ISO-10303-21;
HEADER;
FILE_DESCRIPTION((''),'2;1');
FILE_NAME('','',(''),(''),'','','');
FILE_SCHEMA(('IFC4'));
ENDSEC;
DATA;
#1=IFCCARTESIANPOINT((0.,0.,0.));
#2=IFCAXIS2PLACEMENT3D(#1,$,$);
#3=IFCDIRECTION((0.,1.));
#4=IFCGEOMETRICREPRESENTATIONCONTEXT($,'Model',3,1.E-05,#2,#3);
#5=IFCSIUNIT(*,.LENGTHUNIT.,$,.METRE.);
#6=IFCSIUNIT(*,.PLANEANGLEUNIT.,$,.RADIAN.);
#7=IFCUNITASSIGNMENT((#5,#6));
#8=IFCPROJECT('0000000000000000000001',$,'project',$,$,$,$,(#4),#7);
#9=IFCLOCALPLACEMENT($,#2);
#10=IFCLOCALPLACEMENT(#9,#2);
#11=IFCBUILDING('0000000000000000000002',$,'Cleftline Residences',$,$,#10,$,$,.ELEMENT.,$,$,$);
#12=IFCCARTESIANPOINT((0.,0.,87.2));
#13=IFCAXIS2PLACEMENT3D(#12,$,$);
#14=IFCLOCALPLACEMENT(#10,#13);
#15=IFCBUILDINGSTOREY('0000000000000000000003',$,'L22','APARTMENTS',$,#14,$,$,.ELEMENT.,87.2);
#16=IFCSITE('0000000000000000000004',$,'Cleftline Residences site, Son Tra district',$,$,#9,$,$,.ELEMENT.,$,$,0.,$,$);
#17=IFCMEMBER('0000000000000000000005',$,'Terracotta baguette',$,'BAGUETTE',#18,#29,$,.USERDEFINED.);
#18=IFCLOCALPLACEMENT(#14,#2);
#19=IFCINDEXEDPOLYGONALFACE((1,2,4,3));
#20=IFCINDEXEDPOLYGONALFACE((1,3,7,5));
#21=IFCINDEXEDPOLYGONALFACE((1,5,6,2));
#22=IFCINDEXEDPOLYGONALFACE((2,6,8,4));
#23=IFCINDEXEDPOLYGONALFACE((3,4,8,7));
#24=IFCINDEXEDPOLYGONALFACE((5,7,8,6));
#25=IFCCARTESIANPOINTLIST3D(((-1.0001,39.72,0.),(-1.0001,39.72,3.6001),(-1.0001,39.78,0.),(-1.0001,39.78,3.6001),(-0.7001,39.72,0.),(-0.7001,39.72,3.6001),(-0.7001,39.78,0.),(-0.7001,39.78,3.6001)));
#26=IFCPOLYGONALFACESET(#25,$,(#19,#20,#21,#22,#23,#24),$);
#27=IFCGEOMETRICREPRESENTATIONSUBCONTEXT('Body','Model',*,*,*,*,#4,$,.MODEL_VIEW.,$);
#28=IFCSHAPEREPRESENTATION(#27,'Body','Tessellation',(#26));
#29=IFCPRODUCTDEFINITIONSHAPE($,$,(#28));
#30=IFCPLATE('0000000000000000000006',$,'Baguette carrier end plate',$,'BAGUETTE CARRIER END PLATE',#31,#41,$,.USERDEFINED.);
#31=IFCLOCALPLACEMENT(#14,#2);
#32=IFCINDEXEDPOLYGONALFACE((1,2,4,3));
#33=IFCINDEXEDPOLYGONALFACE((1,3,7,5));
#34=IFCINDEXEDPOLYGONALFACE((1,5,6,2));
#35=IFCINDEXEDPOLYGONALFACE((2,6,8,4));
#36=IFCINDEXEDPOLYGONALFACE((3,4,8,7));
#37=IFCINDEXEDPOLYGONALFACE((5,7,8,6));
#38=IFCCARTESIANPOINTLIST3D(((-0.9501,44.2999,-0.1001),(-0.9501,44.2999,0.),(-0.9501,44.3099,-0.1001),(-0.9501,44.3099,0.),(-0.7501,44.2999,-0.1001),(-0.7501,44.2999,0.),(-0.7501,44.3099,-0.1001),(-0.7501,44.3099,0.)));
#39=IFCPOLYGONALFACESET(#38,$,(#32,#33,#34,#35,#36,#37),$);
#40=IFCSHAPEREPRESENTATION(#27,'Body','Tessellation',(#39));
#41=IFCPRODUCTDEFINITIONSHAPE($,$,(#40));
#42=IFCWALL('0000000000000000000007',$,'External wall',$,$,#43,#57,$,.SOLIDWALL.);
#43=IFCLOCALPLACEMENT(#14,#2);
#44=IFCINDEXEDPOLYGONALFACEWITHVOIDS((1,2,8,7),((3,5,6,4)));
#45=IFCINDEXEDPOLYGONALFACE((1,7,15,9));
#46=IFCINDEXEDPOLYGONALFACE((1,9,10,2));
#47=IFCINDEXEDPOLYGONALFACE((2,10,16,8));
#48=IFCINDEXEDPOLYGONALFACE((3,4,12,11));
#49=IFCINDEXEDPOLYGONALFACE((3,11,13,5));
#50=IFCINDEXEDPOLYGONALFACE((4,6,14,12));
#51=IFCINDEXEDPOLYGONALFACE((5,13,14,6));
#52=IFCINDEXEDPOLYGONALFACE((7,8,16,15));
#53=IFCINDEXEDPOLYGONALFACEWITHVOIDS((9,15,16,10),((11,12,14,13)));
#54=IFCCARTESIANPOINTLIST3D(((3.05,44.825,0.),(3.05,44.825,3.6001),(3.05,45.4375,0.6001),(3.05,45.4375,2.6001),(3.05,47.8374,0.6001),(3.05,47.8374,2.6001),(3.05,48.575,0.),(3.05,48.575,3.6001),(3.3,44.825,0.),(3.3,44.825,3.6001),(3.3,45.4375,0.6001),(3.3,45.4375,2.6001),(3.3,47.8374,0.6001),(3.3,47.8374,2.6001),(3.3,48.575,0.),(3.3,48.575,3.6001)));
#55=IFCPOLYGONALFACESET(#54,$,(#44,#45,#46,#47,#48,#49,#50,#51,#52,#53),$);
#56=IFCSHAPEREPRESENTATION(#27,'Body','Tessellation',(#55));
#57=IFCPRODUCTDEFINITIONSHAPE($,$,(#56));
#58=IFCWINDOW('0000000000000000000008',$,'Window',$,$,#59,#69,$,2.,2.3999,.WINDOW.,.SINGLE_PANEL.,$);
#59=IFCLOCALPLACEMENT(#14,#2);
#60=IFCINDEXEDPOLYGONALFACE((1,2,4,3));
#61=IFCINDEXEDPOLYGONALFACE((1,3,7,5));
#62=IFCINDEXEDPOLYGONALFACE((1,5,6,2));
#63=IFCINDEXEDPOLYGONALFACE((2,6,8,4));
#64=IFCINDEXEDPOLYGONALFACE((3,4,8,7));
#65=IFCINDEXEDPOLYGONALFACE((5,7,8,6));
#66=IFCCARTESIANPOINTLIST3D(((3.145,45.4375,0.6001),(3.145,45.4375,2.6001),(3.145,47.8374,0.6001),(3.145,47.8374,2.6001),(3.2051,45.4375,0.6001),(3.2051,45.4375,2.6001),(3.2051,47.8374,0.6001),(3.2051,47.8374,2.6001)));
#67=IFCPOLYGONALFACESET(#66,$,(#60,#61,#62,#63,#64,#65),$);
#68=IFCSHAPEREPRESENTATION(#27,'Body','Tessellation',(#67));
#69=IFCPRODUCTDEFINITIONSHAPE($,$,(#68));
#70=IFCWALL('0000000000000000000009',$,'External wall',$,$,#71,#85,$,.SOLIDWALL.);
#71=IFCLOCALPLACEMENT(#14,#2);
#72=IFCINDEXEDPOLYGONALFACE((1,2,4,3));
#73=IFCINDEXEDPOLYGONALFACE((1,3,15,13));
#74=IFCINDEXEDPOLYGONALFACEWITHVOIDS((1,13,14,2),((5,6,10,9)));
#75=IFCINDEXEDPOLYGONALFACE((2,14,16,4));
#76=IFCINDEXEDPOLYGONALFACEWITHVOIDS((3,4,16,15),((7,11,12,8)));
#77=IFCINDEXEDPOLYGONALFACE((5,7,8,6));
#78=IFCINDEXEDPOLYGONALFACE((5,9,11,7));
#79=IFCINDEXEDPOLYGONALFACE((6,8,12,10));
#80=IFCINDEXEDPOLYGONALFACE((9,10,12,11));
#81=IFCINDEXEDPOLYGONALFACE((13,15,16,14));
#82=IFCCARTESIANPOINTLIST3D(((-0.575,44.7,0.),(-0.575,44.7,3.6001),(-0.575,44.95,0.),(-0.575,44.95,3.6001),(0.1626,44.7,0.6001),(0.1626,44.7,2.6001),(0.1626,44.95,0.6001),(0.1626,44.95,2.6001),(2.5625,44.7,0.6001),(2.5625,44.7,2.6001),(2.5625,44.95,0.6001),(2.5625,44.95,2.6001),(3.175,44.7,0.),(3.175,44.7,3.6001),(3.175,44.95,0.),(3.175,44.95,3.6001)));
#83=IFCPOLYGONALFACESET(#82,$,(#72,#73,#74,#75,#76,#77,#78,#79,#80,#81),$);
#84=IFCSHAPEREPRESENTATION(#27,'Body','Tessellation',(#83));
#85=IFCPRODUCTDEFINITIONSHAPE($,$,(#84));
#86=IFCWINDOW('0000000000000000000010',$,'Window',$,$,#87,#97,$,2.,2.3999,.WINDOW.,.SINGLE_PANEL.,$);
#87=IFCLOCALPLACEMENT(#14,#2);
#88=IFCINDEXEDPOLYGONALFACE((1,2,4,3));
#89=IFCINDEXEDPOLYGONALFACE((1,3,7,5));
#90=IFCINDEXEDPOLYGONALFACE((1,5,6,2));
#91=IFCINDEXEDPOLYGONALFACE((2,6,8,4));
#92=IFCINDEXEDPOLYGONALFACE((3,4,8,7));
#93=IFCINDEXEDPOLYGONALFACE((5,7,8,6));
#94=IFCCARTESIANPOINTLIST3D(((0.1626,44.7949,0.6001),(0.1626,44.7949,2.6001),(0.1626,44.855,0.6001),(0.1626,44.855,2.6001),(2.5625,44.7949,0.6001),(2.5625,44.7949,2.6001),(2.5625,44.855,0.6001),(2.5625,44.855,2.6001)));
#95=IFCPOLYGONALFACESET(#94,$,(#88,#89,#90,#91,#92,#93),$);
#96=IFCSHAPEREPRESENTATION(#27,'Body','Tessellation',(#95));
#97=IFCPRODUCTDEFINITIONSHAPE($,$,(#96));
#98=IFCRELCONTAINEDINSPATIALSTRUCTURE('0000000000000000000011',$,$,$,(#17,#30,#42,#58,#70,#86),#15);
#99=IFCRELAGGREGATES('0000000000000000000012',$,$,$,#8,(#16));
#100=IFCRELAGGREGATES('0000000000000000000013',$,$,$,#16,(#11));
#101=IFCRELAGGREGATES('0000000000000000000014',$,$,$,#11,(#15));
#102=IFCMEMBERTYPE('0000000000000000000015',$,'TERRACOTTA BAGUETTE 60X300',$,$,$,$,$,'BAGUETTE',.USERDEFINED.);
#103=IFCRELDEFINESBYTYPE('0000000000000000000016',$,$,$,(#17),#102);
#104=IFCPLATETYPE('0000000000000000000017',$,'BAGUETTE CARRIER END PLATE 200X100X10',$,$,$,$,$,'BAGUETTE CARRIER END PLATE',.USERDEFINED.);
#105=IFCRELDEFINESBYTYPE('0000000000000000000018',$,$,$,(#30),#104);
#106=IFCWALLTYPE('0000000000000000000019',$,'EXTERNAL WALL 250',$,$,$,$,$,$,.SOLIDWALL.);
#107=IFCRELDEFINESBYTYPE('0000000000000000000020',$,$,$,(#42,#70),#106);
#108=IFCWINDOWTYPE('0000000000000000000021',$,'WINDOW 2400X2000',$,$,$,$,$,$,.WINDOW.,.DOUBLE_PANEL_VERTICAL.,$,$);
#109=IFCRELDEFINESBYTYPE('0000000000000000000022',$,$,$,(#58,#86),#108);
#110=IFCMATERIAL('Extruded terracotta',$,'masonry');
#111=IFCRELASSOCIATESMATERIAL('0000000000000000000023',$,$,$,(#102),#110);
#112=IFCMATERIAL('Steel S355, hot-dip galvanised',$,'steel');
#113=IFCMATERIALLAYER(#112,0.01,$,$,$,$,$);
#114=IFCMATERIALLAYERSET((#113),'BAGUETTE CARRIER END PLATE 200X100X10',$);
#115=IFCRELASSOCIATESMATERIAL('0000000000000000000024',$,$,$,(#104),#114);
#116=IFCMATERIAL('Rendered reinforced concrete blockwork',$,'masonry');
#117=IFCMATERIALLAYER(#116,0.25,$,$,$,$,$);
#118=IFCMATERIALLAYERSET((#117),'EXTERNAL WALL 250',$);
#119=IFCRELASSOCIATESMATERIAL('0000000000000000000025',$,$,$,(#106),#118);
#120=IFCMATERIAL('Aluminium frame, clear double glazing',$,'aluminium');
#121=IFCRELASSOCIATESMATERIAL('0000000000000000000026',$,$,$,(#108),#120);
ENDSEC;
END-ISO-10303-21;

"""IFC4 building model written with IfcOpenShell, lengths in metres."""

from ifc_helpers import new_model, si_unit, direction, frame, frame_2d, origin, origin_2d, place, context, subcontext, project, spatial, rectangle, extrude, material, layer, layer_set, material_profile, profile_set, type_object, element, fill, save


model = new_model("IFC4")

# Units and contexts
model_context = context("Model", 3, precision=1e-05, world=origin(), true_north=direction((0.0, 1.0)))
body_context = subcontext(model_context, "Body", "Model", "MODEL_VIEW")
ifc_project = project(units=[si_unit("LENGTHUNIT", "METRE"), si_unit("PLANEANGLEUNIT", "RADIAN")], contexts=[model_context])

# Site, building, storey
site_placement = place(None, origin())
site = spatial("IfcSite", under=ifc_project, at=site_placement, Name="Cleftline Residences site, Son Tra district", CompositionType="ELEMENT", RefElevation=0.0)
building_placement = place(site_placement, origin())
building = spatial("IfcBuilding", under=site, at=building_placement, Name="Cleftline Residences", CompositionType="ELEMENT")
storey_placement = place(building_placement, frame((0.0, 0.0, 87.2)))
storey = spatial("IfcBuildingStorey", under=building, at=storey_placement, Name="L22", Description="APARTMENTS", CompositionType="ELEMENT", Elevation=87.2)

# Member
ifc_material_1 = material(Name="Extruded terracotta", Category="masonry")
ifc_material_profile_1 = material_profile(ifc_material_1, rectangle(XDim=0.0601, YDim=0.3, at=origin_2d()))
ifc_profile_set_1 = profile_set([ifc_material_profile_1], Name="Extruded terracotta")
member_type_1 = type_object("IfcMemberType", Name="TERRACOTTA BAGUETTE 60X300", ElementType="BAGUETTE", PredefinedType="USERDEFINED", material=ifc_profile_set_1)
for number, where, z_axis, x_axis, name in (
    (1, (-0.8501, 39.75, 0.0), (0.0, 0.0, 1.0), (0.0, 1.0, 0.0), "Terracotta baguette"),
):
    element("IfcMember", number, at=place(storey_placement, frame(where, z_axis=z_axis, x_axis=x_axis)), inside=storey, type_object=member_type_1, Name=name, ObjectType="BAGUETTE", PredefinedType="USERDEFINED", context=body_context, shape_type="SweptSolid", body=[
        extrude(rectangle(XDim=0.0601, YDim=0.3, at=origin_2d()), origin(), (0.0, 0.0, 1.0), 3.6001),
    ])

# Plate
ifc_material_2 = material(Name="Steel S355, hot-dip galvanised", Category="steel")
ifc_layer_1 = layer(ifc_material_2, 0.01)
ifc_layer_set_1 = layer_set([ifc_layer_1], Name="BAGUETTE CARRIER END PLATE 200X100X10")
plate_type = type_object("IfcPlateType", Name="BAGUETTE CARRIER END PLATE 200X100X10", ElementType="BAGUETTE CARRIER END PLATE", PredefinedType="USERDEFINED", material=ifc_layer_set_1)
plate_placement = place(storey_placement, frame((-0.8501, 44.3049, -0.1001), z_axis=(0.0, 0.0, 1.0), x_axis=(-1.0, 0.0, 0.0)))
element("IfcPlate", 2, at=plate_placement, inside=storey, type_object=plate_type, Name="Baguette carrier end plate", ObjectType="BAGUETTE CARRIER END PLATE", PredefinedType="USERDEFINED", context=body_context, shape_type="SweptSolid", body=[
    extrude(rectangle(XDim=0.2, YDim=0.01, at=origin_2d()), origin(), (0.0, 0.0, 1.0), 0.1001),
])

# Walls, openings, windows
ifc_material_3 = material(Name="Rendered reinforced concrete blockwork", Category="masonry")
ifc_layer_2 = layer(ifc_material_3, 0.25)
ifc_layer_set_2 = layer_set([ifc_layer_2], Name="EXTERNAL WALL 250")
wall_type_1 = type_object("IfcWallType", Name="EXTERNAL WALL 250", PredefinedType="SOLIDWALL", material=ifc_layer_set_2)
wall_1_placement = place(storey_placement, frame((3.175, 48.575, 0.0), z_axis=(0.0, 0.0, 1.0), x_axis=(0.0, -1.0, 0.0)))
wall_1 = element("IfcWall", 3, at=wall_1_placement, inside=storey, type_object=wall_type_1, Name="External wall", PredefinedType="SOLIDWALL", context=body_context, shape_type="SweptSolid", body=[
    extrude(rectangle(XDim=3.75, YDim=0.25, at=frame_2d((1.875, 0.0))), origin(), (0.0, 0.0, 1.0), 3.6001),
])
opening_1_placement = place(wall_1_placement, frame((0.7375, 0.0, 0.6001)))
opening_1 = element("IfcOpeningElement", 4, at=opening_1_placement, cuts=wall_1, PredefinedType="OPENING", context=body_context, shape_type="SweptSolid", body=[
    extrude(rectangle(XDim=2.3999, YDim=2.0, at=frame_2d((1.2, 1.0))), frame((0.0, 0.135, 0.0), z_axis=(0.0, -1.0, 0.0), x_axis=(1.0, 0.0, 0.0)), (0.0, 0.0, 1.0), 0.27),
])
ifc_material_4 = material(Name="Aluminium frame, clear double glazing", Category="aluminium")
window_type_1 = type_object("IfcWindowType", Name="WINDOW 2400X2000", PartitioningType="DOUBLE_PANEL_VERTICAL", PredefinedType="WINDOW", material=ifc_material_4)
window_1_placement = place(opening_1_placement, origin())
window_1 = element("IfcWindow", 5, at=window_1_placement, inside=storey, type_object=window_type_1, Name="Window", OverallHeight=2.0, OverallWidth=2.3999, PartitioningType="SINGLE_PANEL", PredefinedType="WINDOW", context=body_context, shape_type="SweptSolid", body=[
    extrude(rectangle(XDim=2.3999, YDim=2.0, at=frame_2d((1.2, 1.0))), frame((0.0, 0.03, 0.0), z_axis=(0.0, -1.0, 0.0), x_axis=(1.0, 0.0, 0.0)), (0.0, 0.0, 1.0), 0.0601),
])
fill(opening_1, window_1)
wall_2_placement = place(storey_placement, frame((3.175, 44.825, 0.0), z_axis=(0.0, 0.0, 1.0), x_axis=(-1.0, 0.0, 0.0)))
wall_2 = element("IfcWall", 6, at=wall_2_placement, inside=storey, type_object=wall_type_1, Name="External wall", PredefinedType="SOLIDWALL", context=body_context, shape_type="SweptSolid", body=[
    extrude(rectangle(XDim=3.75, YDim=0.25, at=frame_2d((1.875, 0.0))), origin(), (0.0, 0.0, 1.0), 3.6001),
])
opening_2_placement = place(wall_2_placement, frame((0.6125, 0.0, 0.6001)))
opening_2 = element("IfcOpeningElement", 7, at=opening_2_placement, cuts=wall_2, PredefinedType="OPENING", context=body_context, shape_type="SweptSolid", body=[
    extrude(rectangle(XDim=2.3999, YDim=2.0, at=frame_2d((1.2, 1.0))), frame((0.0, 0.135, 0.0), z_axis=(0.0, -1.0, 0.0), x_axis=(1.0, 0.0, 0.0)), (0.0, 0.0, 1.0), 0.27),
])
window_2_placement = place(opening_2_placement, origin())
window_2 = element("IfcWindow", 8, at=window_2_placement, inside=storey, type_object=window_type_1, Name="Window", OverallHeight=2.0, OverallWidth=2.3999, PartitioningType="SINGLE_PANEL", PredefinedType="WINDOW", context=body_context, shape_type="SweptSolid", body=[
    extrude(rectangle(XDim=2.3999, YDim=2.0, at=frame_2d((1.2, 1.0))), frame((0.0, 0.03, 0.0), z_axis=(0.0, -1.0, 0.0), x_axis=(1.0, 0.0, 0.0)), (0.0, 0.0, 1.0), 0.0601),
])
fill(opening_2, window_2)

save(model, "model.ifc")
